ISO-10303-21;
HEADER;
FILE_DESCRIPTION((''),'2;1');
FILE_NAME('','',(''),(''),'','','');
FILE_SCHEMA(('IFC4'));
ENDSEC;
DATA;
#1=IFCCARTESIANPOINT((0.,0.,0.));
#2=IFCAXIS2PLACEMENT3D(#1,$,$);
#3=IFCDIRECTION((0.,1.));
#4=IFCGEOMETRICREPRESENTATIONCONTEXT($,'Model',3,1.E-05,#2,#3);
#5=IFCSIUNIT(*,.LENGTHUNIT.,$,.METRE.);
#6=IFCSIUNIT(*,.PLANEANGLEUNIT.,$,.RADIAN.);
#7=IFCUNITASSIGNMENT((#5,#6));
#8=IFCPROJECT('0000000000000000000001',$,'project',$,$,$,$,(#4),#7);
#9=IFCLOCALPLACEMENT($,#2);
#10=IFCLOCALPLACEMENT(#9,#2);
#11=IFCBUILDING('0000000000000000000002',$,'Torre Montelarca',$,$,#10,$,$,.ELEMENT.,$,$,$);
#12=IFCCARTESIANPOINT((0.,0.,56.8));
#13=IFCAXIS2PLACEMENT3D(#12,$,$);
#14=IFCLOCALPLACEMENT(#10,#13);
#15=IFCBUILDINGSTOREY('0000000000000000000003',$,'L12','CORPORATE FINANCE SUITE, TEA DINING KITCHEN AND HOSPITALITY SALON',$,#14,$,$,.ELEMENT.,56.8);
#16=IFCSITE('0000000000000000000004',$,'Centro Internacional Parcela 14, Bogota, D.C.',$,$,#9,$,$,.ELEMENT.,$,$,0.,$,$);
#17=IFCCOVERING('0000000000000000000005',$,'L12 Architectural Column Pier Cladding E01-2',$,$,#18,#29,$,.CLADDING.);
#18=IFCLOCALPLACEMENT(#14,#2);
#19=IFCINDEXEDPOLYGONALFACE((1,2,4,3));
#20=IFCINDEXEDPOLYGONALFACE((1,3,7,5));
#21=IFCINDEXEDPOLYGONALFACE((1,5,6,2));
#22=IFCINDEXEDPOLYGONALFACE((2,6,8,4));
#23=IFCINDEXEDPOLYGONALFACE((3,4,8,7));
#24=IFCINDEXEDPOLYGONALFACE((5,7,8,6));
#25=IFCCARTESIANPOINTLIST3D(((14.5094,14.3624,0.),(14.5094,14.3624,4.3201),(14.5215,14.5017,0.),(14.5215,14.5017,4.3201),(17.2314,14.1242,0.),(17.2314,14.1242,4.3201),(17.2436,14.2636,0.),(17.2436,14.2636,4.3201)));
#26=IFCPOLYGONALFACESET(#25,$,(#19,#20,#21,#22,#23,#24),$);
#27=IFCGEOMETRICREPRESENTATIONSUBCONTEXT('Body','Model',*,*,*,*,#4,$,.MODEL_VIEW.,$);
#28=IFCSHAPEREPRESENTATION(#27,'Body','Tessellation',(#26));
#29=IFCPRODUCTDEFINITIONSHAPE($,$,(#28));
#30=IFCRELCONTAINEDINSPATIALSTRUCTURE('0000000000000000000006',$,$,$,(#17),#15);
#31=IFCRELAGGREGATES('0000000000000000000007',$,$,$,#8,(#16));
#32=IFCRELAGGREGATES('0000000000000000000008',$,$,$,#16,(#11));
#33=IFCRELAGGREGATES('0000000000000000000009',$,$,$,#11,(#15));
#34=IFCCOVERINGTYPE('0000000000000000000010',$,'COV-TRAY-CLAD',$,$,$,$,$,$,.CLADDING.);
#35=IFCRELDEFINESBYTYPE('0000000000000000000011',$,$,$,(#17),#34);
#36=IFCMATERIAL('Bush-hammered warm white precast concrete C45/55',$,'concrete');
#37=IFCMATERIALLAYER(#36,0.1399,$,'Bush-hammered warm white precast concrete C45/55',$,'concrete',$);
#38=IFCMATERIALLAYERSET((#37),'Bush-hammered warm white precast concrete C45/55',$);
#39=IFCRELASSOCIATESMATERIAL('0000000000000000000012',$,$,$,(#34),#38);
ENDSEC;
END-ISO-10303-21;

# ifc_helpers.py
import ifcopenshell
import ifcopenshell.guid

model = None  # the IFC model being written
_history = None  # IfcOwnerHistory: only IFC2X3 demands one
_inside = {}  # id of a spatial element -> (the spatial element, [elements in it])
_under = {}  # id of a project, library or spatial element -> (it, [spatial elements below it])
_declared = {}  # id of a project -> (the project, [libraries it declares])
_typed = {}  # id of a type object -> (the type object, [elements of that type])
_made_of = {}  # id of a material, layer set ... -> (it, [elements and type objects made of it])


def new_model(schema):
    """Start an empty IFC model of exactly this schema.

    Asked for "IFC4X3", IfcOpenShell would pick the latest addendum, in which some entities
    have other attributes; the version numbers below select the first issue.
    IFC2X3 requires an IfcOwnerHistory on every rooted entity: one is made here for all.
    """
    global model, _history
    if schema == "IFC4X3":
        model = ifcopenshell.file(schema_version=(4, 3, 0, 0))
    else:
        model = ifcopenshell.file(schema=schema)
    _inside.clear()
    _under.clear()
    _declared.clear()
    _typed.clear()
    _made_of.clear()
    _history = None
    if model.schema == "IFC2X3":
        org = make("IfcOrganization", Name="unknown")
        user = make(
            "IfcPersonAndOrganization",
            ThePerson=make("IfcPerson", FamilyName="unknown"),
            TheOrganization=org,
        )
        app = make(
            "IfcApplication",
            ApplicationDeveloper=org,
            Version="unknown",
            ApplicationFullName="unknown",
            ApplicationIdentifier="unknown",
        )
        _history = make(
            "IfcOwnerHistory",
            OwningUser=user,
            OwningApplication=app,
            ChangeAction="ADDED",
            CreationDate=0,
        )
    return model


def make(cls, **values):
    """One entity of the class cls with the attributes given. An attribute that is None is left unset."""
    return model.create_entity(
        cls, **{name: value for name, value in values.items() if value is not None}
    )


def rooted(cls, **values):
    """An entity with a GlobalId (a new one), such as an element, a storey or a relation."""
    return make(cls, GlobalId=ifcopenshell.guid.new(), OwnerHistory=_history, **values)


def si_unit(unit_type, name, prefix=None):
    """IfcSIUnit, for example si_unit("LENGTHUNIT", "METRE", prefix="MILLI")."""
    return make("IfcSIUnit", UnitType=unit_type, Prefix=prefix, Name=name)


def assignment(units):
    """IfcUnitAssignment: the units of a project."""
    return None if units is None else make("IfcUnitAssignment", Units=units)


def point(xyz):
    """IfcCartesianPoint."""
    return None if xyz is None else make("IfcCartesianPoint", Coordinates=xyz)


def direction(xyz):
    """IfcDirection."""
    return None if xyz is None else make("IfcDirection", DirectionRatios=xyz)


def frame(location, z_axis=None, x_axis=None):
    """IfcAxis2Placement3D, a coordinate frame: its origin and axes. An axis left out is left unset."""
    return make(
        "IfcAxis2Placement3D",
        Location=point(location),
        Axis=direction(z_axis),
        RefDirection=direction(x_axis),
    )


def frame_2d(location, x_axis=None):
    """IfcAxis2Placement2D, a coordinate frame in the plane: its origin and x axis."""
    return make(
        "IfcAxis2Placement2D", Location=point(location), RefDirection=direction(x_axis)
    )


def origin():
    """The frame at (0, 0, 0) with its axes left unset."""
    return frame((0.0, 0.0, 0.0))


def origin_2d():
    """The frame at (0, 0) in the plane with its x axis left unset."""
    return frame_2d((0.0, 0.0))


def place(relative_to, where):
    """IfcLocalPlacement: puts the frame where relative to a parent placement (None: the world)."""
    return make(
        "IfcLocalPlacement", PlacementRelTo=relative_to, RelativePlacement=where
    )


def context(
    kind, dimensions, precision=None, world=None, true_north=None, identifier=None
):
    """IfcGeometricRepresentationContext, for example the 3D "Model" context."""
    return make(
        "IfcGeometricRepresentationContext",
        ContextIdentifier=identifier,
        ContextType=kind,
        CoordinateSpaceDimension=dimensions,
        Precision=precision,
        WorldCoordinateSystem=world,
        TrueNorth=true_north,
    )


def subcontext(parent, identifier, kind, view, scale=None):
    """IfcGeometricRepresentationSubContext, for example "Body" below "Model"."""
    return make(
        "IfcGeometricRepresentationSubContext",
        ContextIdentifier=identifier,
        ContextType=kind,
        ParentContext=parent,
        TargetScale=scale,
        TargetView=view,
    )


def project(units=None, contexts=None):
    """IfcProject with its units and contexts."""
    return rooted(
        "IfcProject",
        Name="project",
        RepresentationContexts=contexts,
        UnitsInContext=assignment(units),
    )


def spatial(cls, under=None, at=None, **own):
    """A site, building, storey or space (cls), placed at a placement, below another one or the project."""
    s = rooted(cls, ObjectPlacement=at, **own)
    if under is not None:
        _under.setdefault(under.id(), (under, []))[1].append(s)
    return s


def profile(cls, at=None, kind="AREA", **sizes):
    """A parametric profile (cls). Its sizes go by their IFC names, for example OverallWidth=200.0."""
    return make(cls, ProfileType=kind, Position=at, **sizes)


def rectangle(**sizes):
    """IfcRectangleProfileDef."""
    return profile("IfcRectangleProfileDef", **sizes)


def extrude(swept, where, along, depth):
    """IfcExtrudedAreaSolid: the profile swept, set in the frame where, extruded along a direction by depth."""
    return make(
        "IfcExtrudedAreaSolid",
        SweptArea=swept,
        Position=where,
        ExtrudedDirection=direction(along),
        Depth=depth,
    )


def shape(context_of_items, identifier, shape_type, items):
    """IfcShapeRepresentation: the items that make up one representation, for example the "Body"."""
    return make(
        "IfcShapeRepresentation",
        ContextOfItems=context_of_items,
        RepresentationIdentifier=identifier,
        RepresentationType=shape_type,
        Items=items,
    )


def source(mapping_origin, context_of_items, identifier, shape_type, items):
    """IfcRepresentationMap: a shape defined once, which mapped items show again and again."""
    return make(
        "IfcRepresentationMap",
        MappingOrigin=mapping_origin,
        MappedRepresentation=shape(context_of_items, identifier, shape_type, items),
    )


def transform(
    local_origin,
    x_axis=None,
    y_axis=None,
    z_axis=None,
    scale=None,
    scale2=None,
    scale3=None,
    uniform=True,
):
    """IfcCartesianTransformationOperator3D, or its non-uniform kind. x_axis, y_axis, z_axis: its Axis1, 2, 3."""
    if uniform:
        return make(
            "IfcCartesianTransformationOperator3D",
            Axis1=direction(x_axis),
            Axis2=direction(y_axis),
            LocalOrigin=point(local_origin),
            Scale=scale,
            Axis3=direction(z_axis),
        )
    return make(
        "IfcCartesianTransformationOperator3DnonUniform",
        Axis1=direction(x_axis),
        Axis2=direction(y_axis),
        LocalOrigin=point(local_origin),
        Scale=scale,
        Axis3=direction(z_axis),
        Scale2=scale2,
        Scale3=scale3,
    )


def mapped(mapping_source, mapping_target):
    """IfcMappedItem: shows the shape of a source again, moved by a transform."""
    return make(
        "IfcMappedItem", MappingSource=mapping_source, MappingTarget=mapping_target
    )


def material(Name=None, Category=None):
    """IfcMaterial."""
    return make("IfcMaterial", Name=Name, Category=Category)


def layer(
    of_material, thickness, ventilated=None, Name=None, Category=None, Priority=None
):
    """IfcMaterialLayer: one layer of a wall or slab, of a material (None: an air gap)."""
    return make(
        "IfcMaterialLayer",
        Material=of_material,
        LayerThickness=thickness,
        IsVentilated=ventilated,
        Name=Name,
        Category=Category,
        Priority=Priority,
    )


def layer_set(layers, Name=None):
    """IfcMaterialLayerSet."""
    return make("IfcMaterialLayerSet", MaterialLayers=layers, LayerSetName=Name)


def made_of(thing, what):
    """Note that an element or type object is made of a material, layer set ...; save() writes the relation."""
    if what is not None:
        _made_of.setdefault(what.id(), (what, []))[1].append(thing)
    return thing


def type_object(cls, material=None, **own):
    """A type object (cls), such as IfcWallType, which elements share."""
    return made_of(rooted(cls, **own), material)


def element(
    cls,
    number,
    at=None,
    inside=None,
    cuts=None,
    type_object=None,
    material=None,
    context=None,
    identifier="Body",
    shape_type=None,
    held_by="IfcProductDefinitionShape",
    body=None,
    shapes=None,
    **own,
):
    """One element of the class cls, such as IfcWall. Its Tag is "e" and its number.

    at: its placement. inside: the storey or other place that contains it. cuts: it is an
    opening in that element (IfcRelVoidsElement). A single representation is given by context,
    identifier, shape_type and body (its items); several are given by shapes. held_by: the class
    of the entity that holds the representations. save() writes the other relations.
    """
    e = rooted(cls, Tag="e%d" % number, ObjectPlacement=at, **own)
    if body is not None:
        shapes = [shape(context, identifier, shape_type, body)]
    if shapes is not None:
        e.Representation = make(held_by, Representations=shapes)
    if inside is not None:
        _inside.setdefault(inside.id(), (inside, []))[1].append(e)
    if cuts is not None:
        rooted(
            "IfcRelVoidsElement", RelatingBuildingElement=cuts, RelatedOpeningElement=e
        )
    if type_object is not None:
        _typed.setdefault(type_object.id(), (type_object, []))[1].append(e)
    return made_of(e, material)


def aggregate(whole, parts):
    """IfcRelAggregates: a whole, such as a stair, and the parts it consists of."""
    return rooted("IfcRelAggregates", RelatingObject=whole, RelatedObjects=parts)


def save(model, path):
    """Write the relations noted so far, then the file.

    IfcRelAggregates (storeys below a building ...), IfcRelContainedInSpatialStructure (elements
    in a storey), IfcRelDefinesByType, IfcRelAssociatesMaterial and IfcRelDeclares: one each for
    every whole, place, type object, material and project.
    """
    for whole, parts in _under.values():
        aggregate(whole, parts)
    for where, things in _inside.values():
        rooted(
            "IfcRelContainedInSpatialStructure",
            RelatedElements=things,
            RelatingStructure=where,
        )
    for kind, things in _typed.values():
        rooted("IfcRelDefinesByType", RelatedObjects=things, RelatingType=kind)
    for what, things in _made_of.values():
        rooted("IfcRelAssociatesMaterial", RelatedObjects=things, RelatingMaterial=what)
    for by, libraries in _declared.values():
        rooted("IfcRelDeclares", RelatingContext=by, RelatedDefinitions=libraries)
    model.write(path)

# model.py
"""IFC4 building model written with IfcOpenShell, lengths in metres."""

from ifc_helpers import new_model, si_unit, direction, frame, origin, origin_2d, place, context, subcontext, project, spatial, rectangle, extrude, source, transform, mapped, material, layer, layer_set, type_object, element, save


model = new_model("IFC4")

# Units and contexts
model_context = context("Model", 3, precision=1e-05, world=origin(), true_north=direction((0.0, 1.0)))
body_context = subcontext(model_context, "Body", "Model", "MODEL_VIEW")
ifc_project = project(units=[si_unit("LENGTHUNIT", "METRE"), si_unit("PLANEANGLEUNIT", "RADIAN")], contexts=[model_context])

# Site, building, storey
site_placement = place(None, origin())
site = spatial("IfcSite", under=ifc_project, at=site_placement, Name="Centro Internacional Parcela 14, Bogota, D.C.", CompositionType="ELEMENT", RefElevation=0.0)
building_placement = place(site_placement, origin())
building = spatial("IfcBuilding", under=site, at=building_placement, Name="Torre Montelarca", CompositionType="ELEMENT")
storey_placement = place(building_placement, frame((0.0, 0.0, 56.8)))
storey = spatial("IfcBuildingStorey", under=building, at=storey_placement, Name="L12", Description="CORPORATE FINANCE SUITE, TEA DINING KITCHEN AND HOSPITALITY SALON", CompositionType="ELEMENT", Elevation=56.8)

# Covering
ifc_material_1 = material(Name="Bush-hammered warm white precast concrete C45/55", Category="concrete")
ifc_layer_1 = layer(ifc_material_1, 0.1399, Name="Bush-hammered warm white precast concrete C45/55", Category="concrete")
ifc_layer_set_1 = layer_set([ifc_layer_1], Name="Bush-hammered warm white precast concrete C45/55")
covering_type = type_object("IfcCoveringType", Name="COV-TRAY-CLAD", PredefinedType="CLADDING", material=ifc_layer_set_1)
shared_shape_1 = source(origin(), body_context, "Body", "SweptSolid", [
    extrude(rectangle(XDim=2.7324, YDim=0.1399, at=origin_2d()), origin(), (0.0, 0.0, 1.0), 4.3201),
])
covering_1_placement = place(storey_placement, frame((15.8765, 14.313, 0.0), z_axis=(0.0, 0.0, 1.0), x_axis=(0.996195, -0.087157, 0.0)))
element("IfcCovering", 1, at=covering_1_placement, inside=storey, type_object=covering_type, Name="L12 Architectural Column Pier Cladding E01-2", PredefinedType="CLADDING", context=body_context, shape_type="MappedRepresentation", body=[
    mapped(shared_shape_1, transform((0.0, 0.0, 0.0), scale=1.0)),
])

save(model, "model.ifc")
